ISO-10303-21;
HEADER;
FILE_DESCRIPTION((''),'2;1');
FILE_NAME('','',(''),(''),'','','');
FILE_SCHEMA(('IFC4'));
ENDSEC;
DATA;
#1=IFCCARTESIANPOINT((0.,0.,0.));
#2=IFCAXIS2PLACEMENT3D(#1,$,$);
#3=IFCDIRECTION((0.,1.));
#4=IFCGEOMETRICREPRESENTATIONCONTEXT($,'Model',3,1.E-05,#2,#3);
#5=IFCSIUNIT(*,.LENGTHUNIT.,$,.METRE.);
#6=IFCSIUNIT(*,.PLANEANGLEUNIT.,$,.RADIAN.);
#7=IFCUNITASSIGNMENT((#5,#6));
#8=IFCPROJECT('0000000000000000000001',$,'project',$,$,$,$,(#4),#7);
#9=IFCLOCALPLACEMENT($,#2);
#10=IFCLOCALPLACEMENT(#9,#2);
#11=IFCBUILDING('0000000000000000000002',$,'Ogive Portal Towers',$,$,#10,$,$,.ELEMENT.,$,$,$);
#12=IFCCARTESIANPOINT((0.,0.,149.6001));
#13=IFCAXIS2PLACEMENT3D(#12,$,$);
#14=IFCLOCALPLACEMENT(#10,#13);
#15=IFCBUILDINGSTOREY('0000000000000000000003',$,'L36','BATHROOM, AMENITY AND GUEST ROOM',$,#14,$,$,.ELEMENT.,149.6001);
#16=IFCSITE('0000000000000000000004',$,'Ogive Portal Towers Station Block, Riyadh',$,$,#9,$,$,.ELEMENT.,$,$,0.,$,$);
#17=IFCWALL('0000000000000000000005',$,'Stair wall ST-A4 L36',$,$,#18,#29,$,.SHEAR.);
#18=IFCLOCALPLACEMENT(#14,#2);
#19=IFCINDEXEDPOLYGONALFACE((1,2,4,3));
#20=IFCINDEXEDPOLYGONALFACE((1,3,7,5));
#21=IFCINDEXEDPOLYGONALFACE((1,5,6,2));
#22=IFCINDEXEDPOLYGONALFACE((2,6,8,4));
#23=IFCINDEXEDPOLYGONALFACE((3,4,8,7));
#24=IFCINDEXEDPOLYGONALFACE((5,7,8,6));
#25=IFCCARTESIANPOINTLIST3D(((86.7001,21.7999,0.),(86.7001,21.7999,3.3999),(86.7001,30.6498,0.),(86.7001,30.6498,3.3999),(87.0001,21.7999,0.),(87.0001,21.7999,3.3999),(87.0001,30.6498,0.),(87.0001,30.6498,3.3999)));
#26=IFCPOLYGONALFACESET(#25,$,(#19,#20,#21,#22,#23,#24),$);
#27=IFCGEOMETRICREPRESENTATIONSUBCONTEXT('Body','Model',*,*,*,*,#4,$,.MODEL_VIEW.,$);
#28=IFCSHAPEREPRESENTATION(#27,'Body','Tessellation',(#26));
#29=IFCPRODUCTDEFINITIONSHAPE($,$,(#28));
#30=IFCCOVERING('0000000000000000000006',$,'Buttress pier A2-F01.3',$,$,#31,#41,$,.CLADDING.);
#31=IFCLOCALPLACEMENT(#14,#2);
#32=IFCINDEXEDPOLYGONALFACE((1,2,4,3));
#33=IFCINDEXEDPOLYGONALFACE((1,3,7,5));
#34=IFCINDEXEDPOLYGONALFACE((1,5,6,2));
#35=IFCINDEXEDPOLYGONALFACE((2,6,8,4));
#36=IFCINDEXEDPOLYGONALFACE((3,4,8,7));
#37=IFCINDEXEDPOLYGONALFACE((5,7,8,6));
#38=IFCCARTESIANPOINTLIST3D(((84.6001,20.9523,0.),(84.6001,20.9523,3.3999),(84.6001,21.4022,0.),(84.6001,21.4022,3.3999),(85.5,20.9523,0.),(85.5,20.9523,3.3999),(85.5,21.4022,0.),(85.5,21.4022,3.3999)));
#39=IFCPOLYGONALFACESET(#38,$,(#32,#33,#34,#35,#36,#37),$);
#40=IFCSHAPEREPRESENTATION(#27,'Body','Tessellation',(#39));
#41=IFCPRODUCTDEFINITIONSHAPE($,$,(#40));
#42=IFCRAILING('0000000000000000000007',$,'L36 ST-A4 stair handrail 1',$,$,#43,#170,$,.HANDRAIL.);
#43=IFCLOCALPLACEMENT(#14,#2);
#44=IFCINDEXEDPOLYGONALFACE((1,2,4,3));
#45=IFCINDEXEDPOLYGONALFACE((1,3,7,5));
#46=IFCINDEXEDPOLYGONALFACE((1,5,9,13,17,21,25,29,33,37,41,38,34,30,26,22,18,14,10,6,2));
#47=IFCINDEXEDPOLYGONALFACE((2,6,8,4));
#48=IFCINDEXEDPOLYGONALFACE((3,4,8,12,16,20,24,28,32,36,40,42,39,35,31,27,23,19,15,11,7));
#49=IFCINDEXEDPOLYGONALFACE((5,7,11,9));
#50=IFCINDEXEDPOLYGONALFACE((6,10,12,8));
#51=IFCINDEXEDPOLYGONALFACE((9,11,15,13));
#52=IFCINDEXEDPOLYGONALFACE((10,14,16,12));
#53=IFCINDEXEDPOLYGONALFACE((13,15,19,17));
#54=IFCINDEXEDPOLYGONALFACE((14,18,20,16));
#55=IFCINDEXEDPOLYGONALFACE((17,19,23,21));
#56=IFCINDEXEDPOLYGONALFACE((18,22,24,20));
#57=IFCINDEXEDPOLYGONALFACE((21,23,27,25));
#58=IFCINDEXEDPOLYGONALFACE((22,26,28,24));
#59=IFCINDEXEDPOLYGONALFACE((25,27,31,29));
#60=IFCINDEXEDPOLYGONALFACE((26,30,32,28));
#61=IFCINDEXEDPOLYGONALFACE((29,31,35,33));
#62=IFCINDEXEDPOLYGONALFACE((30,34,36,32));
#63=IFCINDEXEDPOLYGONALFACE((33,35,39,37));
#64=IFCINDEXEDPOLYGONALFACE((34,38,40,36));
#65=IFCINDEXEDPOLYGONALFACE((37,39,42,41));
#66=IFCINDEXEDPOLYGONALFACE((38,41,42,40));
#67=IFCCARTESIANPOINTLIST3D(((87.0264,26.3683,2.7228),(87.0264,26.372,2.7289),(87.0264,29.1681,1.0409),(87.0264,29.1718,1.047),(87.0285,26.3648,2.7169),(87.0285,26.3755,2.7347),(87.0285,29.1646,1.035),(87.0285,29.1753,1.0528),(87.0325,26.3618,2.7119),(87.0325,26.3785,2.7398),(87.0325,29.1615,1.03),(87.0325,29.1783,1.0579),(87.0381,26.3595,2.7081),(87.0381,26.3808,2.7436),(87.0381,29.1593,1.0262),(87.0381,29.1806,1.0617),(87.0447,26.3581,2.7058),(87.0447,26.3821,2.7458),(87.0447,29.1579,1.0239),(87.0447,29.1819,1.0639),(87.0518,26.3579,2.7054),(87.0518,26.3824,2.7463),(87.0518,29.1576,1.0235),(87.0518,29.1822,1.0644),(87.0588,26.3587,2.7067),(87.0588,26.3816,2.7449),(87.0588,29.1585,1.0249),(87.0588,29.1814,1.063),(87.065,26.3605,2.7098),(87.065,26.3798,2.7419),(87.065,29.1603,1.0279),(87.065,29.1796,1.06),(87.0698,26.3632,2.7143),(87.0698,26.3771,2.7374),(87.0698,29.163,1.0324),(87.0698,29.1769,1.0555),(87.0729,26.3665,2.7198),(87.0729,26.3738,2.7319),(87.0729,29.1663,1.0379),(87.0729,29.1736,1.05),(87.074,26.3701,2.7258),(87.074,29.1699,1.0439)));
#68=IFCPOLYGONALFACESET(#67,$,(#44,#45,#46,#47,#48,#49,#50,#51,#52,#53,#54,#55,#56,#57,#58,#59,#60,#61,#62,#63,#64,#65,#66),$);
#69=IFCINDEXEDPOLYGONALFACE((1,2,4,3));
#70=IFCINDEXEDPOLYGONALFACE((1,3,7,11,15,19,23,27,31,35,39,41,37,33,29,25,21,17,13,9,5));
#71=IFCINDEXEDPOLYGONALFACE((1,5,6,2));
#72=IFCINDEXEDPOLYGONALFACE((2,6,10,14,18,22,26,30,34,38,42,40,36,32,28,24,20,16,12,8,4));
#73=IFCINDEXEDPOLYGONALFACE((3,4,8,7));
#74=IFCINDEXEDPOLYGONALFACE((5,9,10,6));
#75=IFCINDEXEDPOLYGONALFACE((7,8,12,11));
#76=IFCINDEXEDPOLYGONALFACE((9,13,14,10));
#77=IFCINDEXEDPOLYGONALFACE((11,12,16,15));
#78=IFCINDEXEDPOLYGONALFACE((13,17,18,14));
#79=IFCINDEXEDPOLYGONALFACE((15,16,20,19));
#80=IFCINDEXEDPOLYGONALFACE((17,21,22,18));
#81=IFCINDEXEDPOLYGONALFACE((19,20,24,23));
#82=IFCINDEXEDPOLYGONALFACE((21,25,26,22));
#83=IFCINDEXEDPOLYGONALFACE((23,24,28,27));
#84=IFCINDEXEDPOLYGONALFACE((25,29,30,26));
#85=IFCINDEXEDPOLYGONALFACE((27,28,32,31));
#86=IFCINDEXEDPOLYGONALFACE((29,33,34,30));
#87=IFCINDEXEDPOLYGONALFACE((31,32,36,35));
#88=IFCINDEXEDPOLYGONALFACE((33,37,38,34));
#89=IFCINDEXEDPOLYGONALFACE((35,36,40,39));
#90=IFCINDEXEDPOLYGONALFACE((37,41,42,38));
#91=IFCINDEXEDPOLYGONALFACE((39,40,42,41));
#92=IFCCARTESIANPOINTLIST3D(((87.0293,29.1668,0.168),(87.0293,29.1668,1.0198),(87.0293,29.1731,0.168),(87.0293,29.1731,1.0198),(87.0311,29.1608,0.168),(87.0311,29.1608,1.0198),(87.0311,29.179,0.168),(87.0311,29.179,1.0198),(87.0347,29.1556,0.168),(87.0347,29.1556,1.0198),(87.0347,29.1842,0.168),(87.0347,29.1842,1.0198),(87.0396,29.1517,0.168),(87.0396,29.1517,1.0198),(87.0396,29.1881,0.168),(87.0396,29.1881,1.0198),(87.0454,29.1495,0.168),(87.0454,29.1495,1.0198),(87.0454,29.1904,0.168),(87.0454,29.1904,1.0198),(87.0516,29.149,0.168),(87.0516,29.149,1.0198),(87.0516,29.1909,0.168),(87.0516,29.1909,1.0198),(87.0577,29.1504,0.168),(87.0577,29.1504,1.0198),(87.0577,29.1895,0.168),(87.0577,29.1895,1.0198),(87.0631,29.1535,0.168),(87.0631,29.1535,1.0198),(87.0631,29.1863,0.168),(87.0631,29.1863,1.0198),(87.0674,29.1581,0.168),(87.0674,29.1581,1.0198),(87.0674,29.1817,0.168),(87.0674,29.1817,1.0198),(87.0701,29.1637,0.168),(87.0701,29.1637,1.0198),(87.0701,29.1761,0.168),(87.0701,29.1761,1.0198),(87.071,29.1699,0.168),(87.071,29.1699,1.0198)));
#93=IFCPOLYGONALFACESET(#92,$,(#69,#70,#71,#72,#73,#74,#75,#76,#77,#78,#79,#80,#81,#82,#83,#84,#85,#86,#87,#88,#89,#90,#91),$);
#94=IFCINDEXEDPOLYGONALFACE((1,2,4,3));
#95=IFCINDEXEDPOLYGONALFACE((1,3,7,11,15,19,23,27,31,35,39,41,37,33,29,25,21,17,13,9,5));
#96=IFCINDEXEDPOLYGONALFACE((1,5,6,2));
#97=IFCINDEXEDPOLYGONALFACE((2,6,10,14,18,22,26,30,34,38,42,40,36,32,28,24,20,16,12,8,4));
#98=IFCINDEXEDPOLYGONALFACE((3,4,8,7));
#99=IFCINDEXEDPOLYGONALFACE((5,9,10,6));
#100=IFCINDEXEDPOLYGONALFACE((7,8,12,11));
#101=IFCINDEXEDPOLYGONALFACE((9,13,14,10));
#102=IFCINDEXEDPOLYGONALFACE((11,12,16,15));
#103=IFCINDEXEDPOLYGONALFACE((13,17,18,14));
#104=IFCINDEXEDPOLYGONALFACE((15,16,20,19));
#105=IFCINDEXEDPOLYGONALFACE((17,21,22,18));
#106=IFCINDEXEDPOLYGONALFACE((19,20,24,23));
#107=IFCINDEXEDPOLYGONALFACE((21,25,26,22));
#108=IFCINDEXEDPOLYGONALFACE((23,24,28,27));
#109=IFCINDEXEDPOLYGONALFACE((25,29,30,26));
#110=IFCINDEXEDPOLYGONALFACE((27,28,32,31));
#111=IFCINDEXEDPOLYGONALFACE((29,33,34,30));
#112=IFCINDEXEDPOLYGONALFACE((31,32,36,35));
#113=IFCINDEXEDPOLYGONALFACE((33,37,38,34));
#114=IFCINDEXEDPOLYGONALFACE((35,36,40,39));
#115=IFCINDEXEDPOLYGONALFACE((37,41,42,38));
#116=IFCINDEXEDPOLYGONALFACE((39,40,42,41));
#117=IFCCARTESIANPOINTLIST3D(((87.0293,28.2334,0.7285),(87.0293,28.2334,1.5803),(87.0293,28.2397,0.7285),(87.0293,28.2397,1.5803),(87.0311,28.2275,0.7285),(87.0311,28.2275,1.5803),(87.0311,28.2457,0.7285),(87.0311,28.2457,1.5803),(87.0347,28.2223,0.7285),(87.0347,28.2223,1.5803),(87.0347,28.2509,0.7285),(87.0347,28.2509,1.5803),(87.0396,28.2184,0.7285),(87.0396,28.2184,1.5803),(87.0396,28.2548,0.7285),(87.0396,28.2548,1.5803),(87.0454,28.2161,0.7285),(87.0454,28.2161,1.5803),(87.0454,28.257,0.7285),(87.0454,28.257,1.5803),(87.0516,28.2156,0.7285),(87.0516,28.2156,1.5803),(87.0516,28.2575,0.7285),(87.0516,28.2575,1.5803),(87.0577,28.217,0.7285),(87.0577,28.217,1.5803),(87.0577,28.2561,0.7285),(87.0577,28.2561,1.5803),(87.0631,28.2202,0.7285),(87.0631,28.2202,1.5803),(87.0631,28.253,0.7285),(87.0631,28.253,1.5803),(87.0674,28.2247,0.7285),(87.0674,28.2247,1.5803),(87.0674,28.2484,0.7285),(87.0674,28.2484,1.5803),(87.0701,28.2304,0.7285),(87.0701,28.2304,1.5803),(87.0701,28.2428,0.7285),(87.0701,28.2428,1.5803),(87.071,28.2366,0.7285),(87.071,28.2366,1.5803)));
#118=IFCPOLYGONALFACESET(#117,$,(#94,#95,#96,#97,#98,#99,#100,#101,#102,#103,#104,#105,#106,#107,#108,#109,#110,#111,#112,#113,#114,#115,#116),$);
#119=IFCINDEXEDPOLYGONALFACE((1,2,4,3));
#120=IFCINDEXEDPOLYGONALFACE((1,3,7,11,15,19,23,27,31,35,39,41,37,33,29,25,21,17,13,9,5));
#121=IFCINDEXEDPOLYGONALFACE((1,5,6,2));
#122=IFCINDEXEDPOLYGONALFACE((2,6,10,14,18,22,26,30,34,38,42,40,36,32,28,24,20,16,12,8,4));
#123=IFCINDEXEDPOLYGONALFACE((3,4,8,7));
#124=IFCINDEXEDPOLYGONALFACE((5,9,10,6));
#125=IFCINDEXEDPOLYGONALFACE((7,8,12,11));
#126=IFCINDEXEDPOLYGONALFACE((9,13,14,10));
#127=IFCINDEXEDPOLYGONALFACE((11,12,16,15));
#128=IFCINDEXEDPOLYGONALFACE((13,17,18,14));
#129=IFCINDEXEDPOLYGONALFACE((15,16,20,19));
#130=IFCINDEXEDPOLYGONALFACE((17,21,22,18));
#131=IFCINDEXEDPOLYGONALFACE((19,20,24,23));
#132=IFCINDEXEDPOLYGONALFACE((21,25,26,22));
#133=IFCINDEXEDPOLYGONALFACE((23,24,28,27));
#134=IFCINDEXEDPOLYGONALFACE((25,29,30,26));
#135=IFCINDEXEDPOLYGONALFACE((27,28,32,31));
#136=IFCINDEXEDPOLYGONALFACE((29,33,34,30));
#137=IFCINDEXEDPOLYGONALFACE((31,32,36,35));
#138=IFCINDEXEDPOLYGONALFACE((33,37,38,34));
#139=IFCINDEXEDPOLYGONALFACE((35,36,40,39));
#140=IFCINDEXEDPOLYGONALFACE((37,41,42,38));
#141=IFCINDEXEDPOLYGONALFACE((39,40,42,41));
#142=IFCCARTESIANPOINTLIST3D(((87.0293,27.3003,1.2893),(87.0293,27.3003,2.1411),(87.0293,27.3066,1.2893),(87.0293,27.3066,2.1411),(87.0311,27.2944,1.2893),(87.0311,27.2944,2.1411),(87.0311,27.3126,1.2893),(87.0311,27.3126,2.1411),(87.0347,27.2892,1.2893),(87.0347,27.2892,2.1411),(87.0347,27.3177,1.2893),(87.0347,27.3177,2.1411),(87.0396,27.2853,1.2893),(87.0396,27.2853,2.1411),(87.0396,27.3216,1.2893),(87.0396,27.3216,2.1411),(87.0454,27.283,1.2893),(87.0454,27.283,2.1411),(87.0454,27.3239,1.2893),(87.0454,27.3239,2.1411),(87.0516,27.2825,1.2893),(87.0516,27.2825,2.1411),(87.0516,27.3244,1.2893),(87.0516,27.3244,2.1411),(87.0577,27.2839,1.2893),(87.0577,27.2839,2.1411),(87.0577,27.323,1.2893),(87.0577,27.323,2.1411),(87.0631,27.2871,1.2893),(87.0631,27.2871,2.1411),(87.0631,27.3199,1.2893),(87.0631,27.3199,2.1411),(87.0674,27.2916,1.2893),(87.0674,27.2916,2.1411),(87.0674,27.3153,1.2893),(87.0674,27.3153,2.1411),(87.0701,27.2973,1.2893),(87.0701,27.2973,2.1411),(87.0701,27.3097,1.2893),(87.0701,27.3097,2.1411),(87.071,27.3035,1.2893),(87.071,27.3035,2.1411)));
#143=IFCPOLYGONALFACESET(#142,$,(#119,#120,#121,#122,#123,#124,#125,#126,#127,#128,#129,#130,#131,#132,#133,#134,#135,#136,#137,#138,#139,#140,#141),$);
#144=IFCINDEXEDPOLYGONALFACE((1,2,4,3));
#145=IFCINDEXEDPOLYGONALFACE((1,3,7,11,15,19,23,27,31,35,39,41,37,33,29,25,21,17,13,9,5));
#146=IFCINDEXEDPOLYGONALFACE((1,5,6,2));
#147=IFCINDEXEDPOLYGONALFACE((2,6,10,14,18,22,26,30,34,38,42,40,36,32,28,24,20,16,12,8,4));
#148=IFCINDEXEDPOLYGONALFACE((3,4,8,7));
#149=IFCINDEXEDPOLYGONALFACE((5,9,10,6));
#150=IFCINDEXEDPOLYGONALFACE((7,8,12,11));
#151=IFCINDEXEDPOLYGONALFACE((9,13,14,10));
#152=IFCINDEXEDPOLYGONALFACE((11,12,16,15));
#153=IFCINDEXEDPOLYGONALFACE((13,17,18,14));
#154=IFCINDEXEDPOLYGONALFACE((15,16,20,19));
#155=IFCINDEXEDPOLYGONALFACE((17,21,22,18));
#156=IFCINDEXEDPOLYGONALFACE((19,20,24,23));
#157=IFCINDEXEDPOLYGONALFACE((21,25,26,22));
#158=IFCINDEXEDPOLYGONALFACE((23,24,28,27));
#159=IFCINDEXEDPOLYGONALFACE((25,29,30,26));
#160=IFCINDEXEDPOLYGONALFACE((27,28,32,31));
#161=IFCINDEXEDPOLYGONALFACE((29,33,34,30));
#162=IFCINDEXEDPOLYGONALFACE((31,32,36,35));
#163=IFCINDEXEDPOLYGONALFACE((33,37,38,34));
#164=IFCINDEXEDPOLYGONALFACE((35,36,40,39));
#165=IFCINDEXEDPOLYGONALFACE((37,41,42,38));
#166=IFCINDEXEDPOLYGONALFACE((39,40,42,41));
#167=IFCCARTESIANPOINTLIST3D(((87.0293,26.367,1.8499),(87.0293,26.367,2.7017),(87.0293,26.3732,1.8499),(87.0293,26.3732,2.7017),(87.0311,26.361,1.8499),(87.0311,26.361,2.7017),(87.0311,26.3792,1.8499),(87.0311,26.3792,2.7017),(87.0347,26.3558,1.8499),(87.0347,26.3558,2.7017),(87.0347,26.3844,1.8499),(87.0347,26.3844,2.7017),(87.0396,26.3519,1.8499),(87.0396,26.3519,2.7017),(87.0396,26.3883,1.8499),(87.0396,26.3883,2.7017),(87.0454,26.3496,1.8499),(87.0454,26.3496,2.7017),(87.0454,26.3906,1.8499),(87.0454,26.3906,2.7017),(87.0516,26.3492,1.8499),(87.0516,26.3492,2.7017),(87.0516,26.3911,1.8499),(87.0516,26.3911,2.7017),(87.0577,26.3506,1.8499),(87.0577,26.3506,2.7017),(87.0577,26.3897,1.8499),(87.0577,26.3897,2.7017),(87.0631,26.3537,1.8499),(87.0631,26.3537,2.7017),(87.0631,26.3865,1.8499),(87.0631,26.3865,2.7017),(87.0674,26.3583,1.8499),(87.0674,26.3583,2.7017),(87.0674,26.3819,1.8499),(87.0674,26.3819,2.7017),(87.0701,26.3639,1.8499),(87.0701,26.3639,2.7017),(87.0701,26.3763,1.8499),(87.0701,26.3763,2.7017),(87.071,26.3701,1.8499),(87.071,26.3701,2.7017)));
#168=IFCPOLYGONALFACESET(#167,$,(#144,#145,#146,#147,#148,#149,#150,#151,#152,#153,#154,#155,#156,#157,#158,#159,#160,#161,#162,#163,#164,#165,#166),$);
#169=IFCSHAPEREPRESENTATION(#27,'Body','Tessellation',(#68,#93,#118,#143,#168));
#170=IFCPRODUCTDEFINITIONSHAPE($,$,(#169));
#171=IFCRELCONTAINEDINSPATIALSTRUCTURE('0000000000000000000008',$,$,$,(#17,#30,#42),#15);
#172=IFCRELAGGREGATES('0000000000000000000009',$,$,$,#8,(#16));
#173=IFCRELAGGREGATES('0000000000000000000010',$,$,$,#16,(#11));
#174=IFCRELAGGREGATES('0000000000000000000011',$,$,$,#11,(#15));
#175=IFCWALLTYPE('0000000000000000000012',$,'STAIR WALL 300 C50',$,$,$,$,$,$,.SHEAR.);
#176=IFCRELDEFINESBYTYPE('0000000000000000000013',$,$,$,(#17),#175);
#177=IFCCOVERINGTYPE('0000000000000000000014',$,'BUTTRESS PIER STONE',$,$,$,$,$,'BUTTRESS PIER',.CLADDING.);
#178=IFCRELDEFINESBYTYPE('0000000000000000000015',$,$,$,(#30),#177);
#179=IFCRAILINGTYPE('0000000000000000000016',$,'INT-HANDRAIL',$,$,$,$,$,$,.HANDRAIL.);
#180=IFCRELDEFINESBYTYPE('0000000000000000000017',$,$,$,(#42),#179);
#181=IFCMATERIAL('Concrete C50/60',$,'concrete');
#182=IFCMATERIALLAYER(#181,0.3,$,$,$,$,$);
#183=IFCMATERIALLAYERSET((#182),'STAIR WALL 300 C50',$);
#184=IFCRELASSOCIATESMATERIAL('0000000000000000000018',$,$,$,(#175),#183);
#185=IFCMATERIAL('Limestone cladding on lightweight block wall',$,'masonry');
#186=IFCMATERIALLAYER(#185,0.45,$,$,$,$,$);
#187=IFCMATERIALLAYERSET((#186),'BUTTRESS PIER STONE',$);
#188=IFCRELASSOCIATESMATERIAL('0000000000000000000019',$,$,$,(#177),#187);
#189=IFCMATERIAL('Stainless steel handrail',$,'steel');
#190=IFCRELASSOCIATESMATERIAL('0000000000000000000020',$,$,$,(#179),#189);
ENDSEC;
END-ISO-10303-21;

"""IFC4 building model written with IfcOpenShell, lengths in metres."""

from ifc_helpers import new_model, si_unit, direction, frame, frame_2d, origin, origin_2d, place, context, subcontext, project, spatial, rectangle, circle, extrude, material, layer, layer_set, type_object, element, save


model = new_model("IFC4")

# Units and contexts
model_context = context("Model", 3, precision=1e-05, world=origin(), true_north=direction((0.0, 1.0)))
body_context = subcontext(model_context, "Body", "Model", "MODEL_VIEW")
ifc_project = project(units=[si_unit("LENGTHUNIT", "METRE"), si_unit("PLANEANGLEUNIT", "RADIAN")], contexts=[model_context])

# Site, building, storey
site_placement = place(None, origin())
site = spatial("IfcSite", under=ifc_project, at=site_placement, Name="Ogive Portal Towers Station Block, Riyadh", CompositionType="ELEMENT", RefElevation=0.0)
building_placement = place(site_placement, origin())
building = spatial("IfcBuilding", under=site, at=building_placement, Name="Ogive Portal Towers", CompositionType="ELEMENT")
storey_placement = place(building_placement, frame((0.0, 0.0, 149.6001)))
storey = spatial("IfcBuildingStorey", under=building, at=storey_placement, Name="L36", Description="BATHROOM, AMENITY AND GUEST ROOM", CompositionType="ELEMENT", Elevation=149.6001)

# Wall
ifc_material_1 = material(Name="Concrete C50/60", Category="concrete")
ifc_layer_1 = layer(ifc_material_1, 0.3)
ifc_layer_set_1 = layer_set([ifc_layer_1], Name="STAIR WALL 300 C50")
wall_type = type_object("IfcWallType", Name="STAIR WALL 300 C50", PredefinedType="SHEAR", material=ifc_layer_set_1)
wall_1_placement = place(storey_placement, frame((86.8501, 21.8, 0.0), z_axis=(0.0, 0.0, 1.0), x_axis=(0.0, 1.0, 0.0)))
element("IfcWall", 1, at=wall_1_placement, inside=storey, type_object=wall_type, Name="Stair wall ST-A4 L36", PredefinedType="SHEAR", context=body_context, shape_type="SweptSolid", body=[
    extrude(rectangle(XDim=8.8499, YDim=0.3, at=frame_2d((4.4248, 0.0))), origin(), (0.0, 0.0, 1.0), 3.3999),
])

# Covering
ifc_material_2 = material(Name="Limestone cladding on lightweight block wall", Category="masonry")
ifc_layer_2 = layer(ifc_material_2, 0.45)
ifc_layer_set_2 = layer_set([ifc_layer_2], Name="BUTTRESS PIER STONE")
covering_type = type_object("IfcCoveringType", Name="BUTTRESS PIER STONE", ElementType="BUTTRESS PIER", PredefinedType="CLADDING", material=ifc_layer_set_2)
covering_placement = place(storey_placement, frame((85.05, 21.1772, 0.0), z_axis=(0.0, 0.0, 1.0), x_axis=(1.0, 0.0, 0.0)))
element("IfcCovering", 2, at=covering_placement, inside=storey, type_object=covering_type, Name="Buttress pier A2-F01.3", PredefinedType="CLADDING", context=body_context, shape_type="SweptSolid", body=[
    extrude(rectangle(XDim=0.8999, YDim=0.45, at=origin_2d()), origin(), (0.0, 0.0, 1.0), 3.3999),
])

# Railing
ifc_material_3 = material(Name="Stainless steel handrail", Category="steel")
railing_type = type_object("IfcRailingType", Name="INT-HANDRAIL", PredefinedType="HANDRAIL", material=ifc_material_3)
railing_placement = place(storey_placement, frame((87.05, 29.1699, 0.168)))
element("IfcRailing", 3, at=railing_placement, inside=storey, type_object=railing_type, Name="L36 ST-A4 stair handrail 1", PredefinedType="HANDRAIL", context=body_context, shape_type="SweptSolid", body=[
    extrude(circle(Radius=0.0239, at=origin_2d()), frame((0.0, 0.0, 0.876), z_axis=(0.0, -0.857222, 0.514946), x_axis=(1.0, 0.0, 0.0)), (0.0, 0.0, 1.0), 3.2661),
    extrude(circle(Radius=0.021, at=origin_2d()), origin(), (0.0, 0.0, 1.0), 0.8518),
    extrude(circle(Radius=0.021, at=origin_2d()), frame((0.0, -0.9333, 0.5605)), (0.0, 0.0, 1.0), 0.8518),
    extrude(circle(Radius=0.021, at=origin_2d()), frame((0.0, -1.8665, 1.1213)), (0.0, 0.0, 1.0), 0.8518),
    extrude(circle(Radius=0.021, at=origin_2d()), frame((0.0, -2.7998, 1.6819)), (0.0, 0.0, 1.0), 0.8518),
])

save(model, "model.ifc")
